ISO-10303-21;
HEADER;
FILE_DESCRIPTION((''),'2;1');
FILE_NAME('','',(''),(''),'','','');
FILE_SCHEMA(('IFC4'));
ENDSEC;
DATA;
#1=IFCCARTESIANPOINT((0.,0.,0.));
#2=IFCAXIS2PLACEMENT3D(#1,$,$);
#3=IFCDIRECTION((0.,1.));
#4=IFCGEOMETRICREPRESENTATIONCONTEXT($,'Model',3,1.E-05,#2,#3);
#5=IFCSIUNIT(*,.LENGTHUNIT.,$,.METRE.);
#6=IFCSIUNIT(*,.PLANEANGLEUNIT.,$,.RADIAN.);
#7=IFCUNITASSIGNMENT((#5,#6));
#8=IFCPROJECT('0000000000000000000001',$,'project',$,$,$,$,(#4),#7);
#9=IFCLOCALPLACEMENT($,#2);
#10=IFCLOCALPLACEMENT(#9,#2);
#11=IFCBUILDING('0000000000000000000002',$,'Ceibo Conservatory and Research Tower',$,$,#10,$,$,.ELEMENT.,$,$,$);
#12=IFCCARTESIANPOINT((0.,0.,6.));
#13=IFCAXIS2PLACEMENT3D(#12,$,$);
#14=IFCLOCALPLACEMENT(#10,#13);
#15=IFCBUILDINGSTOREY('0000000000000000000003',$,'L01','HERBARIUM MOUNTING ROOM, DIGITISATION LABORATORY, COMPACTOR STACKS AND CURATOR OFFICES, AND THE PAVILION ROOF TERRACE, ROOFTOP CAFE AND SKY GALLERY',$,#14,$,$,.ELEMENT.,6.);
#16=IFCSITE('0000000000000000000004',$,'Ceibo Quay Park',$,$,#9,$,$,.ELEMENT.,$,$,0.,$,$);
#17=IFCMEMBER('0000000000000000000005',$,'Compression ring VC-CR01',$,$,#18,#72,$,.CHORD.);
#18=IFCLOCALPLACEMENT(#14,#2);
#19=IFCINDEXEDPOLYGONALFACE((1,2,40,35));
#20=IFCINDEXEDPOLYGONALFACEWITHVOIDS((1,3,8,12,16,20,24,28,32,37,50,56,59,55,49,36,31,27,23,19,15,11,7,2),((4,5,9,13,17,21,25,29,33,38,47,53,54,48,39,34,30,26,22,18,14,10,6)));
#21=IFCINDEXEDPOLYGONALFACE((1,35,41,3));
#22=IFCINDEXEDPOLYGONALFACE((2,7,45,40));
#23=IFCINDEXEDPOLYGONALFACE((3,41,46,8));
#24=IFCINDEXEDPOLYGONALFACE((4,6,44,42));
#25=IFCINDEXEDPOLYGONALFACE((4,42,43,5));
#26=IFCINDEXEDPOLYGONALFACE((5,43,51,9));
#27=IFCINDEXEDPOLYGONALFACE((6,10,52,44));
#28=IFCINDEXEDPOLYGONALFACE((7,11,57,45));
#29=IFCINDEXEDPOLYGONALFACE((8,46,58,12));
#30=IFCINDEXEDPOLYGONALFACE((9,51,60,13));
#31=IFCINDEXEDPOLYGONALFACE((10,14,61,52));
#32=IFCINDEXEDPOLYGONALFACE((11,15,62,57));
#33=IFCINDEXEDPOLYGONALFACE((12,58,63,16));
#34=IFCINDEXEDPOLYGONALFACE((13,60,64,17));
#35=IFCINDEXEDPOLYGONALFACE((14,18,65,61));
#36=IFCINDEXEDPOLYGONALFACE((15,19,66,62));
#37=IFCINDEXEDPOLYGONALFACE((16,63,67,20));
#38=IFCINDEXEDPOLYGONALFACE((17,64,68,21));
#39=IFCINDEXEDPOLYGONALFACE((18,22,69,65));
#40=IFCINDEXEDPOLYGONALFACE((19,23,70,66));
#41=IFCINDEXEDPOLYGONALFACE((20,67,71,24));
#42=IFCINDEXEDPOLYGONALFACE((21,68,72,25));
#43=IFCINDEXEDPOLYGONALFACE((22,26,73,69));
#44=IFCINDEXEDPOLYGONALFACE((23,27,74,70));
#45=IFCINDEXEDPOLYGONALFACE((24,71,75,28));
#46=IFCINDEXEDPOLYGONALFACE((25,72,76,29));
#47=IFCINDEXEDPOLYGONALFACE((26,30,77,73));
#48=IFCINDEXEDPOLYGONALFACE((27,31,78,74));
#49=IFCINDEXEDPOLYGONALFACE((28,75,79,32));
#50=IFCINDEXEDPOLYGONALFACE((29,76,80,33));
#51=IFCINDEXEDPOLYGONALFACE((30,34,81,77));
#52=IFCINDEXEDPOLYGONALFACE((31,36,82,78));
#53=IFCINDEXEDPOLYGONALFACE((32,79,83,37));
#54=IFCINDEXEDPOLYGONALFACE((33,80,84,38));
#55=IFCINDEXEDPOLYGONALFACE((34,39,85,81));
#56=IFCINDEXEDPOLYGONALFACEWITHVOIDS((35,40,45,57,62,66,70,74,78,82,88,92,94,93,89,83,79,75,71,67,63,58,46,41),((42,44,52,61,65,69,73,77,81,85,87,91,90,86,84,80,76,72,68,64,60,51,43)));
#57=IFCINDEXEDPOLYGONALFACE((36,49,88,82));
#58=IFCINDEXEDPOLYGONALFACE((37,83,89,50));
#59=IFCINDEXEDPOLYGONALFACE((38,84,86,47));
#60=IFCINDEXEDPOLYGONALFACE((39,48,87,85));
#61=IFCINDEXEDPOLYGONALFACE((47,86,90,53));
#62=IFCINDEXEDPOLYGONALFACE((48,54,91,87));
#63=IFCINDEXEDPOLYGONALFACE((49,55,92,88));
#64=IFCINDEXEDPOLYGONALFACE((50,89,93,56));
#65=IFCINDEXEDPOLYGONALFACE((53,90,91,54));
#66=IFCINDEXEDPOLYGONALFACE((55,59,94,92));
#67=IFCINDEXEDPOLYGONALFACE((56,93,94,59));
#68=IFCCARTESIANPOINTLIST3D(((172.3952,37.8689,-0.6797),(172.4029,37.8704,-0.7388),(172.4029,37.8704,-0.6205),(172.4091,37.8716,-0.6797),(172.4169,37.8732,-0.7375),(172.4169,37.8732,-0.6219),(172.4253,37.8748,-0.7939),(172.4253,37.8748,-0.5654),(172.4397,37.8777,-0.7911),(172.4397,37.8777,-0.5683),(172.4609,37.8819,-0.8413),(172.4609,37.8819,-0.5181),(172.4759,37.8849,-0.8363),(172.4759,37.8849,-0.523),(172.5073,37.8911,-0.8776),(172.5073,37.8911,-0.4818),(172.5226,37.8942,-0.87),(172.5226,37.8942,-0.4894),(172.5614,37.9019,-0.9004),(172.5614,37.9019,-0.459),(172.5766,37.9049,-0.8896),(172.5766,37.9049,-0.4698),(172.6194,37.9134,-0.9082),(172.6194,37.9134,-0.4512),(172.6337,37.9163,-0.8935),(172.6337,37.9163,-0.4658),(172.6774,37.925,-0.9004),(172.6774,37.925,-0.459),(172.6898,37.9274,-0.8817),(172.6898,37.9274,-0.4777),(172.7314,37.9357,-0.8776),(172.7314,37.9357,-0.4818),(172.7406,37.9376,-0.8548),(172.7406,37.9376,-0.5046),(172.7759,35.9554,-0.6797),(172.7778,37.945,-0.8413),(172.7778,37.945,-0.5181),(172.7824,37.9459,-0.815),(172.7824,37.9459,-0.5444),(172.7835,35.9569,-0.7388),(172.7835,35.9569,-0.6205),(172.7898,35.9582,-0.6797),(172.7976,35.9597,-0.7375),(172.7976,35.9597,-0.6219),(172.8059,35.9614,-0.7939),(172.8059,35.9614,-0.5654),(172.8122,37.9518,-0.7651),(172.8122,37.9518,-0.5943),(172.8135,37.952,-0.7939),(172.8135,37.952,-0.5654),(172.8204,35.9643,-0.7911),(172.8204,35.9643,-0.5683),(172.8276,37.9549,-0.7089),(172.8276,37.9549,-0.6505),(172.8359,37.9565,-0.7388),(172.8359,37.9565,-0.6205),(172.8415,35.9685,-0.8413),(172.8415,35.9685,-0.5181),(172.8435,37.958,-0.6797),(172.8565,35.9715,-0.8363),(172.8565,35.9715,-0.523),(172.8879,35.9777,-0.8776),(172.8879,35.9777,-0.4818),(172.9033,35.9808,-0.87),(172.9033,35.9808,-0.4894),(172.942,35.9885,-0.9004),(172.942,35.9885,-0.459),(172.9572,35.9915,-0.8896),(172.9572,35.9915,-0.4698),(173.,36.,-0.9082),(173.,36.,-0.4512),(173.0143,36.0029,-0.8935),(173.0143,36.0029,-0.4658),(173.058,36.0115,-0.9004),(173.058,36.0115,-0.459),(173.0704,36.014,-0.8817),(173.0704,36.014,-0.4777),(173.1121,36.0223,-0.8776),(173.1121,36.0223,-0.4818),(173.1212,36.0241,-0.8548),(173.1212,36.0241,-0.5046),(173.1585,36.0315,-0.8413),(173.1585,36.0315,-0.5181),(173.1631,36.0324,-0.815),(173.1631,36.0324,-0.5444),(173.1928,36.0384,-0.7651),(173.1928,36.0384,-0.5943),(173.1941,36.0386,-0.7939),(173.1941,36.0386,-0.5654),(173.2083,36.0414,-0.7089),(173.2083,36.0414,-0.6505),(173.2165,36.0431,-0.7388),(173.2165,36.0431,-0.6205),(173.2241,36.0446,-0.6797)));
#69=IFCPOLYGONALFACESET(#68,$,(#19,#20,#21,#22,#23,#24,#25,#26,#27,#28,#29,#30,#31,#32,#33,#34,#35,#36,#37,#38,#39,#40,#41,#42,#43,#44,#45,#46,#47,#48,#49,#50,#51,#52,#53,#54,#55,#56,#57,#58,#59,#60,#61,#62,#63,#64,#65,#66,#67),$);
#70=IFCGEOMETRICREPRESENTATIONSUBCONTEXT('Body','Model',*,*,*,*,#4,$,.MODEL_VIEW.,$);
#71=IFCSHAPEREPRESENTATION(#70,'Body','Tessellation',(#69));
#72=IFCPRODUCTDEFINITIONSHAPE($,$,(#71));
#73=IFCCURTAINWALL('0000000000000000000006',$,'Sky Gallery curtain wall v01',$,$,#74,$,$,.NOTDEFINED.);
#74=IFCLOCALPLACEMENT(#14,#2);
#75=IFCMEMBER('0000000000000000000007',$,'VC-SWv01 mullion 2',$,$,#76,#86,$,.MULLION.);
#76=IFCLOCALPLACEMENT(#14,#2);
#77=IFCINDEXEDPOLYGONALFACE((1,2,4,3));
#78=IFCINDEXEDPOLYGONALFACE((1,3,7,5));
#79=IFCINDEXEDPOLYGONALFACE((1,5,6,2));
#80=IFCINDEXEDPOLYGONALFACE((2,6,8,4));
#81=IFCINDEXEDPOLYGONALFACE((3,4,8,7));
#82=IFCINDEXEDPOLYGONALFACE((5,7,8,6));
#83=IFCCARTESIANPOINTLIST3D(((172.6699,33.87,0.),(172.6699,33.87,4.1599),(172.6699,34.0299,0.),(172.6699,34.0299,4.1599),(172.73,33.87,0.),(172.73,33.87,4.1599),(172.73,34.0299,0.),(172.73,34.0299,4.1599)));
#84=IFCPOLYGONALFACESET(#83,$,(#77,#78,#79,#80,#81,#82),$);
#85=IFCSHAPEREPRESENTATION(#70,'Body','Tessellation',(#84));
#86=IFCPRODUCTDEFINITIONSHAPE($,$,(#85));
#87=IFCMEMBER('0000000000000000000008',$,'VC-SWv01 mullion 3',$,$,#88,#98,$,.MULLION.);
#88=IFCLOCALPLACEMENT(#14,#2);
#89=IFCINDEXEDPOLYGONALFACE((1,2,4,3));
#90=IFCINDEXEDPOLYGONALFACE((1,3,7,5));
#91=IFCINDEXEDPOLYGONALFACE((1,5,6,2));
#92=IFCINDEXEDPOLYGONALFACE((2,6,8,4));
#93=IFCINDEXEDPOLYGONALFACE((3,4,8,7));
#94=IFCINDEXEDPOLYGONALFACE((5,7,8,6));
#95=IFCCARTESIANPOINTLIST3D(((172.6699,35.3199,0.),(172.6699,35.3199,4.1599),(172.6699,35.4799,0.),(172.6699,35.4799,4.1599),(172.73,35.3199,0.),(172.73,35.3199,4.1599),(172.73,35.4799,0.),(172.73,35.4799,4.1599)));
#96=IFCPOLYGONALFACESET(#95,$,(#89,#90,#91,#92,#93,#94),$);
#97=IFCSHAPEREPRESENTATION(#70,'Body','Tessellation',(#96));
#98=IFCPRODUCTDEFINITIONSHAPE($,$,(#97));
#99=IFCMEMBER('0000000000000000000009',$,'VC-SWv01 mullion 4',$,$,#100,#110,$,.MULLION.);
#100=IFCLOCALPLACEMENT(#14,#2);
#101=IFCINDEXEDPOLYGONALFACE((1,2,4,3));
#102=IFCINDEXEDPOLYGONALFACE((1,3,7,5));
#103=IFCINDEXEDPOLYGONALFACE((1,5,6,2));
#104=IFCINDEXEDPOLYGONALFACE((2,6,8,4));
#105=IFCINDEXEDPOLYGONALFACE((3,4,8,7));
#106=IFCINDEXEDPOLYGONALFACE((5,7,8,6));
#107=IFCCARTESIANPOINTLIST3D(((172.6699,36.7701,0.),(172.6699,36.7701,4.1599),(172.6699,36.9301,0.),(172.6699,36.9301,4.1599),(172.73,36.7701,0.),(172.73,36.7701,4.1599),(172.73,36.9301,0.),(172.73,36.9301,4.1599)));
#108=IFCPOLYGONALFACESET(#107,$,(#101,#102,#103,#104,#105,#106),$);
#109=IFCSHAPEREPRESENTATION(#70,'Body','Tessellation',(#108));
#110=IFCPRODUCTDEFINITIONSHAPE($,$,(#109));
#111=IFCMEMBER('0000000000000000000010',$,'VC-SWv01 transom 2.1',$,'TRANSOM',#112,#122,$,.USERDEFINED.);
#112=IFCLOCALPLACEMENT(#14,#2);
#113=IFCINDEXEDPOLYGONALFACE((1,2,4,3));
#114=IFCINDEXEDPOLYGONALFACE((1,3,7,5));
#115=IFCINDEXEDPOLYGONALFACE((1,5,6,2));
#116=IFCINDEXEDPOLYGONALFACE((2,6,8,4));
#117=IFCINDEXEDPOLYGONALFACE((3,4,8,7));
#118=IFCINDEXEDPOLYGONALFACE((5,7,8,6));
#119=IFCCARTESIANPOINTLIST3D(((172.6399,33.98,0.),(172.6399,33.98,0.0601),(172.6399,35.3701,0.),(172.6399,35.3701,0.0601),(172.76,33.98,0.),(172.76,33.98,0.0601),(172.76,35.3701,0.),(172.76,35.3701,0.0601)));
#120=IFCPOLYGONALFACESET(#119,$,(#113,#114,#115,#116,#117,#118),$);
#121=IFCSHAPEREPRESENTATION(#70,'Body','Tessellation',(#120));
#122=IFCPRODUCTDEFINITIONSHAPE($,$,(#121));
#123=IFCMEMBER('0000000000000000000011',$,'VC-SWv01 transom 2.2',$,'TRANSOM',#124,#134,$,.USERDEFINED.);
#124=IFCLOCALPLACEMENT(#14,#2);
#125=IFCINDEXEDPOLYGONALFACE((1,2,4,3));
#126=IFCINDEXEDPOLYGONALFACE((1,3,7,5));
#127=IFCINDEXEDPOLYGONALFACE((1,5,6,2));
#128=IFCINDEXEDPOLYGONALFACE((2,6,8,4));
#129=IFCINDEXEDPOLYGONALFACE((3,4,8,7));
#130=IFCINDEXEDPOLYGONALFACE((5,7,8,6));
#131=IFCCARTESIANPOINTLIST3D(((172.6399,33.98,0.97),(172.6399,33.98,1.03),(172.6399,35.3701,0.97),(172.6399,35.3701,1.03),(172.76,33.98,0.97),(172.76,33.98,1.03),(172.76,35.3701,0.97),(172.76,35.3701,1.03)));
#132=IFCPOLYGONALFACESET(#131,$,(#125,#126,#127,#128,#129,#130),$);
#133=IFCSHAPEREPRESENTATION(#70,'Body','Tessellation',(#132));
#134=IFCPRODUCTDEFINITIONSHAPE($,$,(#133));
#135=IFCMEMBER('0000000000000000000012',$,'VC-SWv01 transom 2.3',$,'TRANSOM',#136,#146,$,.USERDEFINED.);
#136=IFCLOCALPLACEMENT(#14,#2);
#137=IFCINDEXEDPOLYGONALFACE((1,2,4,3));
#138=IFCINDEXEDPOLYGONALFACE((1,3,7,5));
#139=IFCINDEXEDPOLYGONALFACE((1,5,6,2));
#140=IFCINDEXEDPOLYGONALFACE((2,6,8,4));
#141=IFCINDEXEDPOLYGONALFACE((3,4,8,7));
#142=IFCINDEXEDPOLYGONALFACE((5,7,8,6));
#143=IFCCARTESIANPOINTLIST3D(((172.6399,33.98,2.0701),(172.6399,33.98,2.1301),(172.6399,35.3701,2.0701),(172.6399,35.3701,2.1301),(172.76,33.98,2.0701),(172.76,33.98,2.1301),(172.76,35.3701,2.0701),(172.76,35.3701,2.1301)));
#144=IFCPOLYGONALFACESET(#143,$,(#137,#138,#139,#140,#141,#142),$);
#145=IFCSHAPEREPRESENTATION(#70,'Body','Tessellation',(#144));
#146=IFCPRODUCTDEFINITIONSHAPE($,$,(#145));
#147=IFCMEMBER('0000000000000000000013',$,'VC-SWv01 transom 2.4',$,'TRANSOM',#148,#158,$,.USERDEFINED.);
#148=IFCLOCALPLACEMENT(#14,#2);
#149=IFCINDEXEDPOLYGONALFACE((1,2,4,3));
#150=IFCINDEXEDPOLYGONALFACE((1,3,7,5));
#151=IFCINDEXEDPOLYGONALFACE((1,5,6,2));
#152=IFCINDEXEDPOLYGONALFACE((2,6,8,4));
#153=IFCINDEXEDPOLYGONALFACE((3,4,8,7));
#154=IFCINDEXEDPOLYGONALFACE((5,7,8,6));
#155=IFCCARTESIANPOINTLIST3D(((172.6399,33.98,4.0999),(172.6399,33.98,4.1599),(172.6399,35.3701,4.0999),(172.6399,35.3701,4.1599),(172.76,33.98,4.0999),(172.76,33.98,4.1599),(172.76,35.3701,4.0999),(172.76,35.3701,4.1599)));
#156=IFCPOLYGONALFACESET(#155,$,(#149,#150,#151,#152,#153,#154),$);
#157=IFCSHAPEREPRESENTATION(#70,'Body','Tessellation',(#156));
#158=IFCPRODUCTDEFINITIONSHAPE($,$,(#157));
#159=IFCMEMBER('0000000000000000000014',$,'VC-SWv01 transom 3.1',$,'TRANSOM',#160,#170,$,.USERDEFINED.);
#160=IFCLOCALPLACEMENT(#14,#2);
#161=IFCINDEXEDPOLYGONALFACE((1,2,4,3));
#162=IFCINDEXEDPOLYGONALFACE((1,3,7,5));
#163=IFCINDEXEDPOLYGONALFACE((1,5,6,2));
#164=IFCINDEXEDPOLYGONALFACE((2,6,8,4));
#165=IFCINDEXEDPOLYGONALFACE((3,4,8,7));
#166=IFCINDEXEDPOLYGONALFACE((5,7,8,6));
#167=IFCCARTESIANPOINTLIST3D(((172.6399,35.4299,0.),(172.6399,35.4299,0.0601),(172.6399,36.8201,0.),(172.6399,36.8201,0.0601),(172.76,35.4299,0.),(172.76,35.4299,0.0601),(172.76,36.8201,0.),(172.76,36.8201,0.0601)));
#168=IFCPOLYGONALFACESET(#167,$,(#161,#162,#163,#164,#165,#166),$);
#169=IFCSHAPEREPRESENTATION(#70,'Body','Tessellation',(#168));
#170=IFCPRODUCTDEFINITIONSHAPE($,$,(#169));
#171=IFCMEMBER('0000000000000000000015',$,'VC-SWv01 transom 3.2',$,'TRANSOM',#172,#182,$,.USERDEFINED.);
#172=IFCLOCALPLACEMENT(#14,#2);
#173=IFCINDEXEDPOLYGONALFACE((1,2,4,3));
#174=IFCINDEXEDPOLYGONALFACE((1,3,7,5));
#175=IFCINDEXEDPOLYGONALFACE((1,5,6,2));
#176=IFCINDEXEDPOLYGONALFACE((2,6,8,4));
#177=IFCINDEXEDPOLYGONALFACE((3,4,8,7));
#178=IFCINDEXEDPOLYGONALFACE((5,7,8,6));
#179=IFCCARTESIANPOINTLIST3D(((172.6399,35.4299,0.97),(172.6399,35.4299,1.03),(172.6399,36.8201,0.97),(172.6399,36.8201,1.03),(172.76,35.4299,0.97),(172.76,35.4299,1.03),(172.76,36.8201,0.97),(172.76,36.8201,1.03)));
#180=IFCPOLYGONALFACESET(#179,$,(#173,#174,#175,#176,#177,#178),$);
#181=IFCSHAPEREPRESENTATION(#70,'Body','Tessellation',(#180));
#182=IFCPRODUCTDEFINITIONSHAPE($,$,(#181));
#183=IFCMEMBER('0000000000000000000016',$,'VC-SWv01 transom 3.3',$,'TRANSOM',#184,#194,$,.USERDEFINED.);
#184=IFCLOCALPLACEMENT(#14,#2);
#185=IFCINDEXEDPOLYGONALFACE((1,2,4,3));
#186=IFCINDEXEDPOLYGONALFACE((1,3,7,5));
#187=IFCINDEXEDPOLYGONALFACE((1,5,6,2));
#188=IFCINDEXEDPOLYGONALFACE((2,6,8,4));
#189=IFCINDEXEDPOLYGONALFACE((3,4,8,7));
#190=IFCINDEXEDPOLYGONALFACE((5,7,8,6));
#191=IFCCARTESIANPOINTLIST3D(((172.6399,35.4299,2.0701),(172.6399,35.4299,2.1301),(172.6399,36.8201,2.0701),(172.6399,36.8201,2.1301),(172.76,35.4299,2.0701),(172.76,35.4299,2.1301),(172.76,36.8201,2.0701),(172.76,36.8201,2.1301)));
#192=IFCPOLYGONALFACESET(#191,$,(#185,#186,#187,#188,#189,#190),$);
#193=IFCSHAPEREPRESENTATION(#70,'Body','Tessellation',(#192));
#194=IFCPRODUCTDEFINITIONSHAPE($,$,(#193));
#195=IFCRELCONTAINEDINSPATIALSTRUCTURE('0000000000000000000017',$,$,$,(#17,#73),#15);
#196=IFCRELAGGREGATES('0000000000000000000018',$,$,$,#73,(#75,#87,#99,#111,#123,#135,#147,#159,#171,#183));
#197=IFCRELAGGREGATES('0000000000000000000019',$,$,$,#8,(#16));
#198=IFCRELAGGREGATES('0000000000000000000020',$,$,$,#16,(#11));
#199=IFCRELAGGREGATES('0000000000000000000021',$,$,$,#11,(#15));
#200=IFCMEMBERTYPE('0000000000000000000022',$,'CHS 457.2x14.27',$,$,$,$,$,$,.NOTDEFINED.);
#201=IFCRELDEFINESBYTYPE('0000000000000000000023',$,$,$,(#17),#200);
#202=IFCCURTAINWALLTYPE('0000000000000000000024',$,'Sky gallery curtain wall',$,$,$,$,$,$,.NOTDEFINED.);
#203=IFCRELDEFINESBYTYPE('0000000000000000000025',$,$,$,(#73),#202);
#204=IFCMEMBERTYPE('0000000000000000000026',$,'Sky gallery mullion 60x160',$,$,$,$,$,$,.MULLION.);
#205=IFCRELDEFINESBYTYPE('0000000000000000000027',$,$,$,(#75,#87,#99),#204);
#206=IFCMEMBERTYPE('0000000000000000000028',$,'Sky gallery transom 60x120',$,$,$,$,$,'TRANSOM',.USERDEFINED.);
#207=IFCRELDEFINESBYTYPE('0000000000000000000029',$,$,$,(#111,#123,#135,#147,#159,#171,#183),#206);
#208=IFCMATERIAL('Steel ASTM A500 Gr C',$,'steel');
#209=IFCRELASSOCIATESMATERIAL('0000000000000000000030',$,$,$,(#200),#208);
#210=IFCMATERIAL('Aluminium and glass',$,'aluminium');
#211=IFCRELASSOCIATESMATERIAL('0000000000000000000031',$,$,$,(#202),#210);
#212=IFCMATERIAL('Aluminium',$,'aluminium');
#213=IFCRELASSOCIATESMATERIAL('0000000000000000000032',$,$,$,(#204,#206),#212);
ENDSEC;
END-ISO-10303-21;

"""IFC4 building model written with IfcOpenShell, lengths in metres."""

from ifc_helpers import new_model, si_unit, direction, frame, origin, origin_2d, place, context, subcontext, project, spatial, rectangle, hollow_circle, extrude, material, material_profile, profile_set, type_object, element, aggregate, save


model = new_model("IFC4")

# Units and contexts
model_context = context("Model", 3, precision=1e-05, world=origin(), true_north=direction((0.0, 1.0)))
body_context = subcontext(model_context, "Body", "Model", "MODEL_VIEW")
ifc_project = project(units=[si_unit("LENGTHUNIT", "METRE"), si_unit("PLANEANGLEUNIT", "RADIAN")], contexts=[model_context])

# Site, building, storey
site_placement = place(None, origin())
site = spatial("IfcSite", under=ifc_project, at=site_placement, Name="Ceibo Quay Park", CompositionType="ELEMENT", RefElevation=0.0)
building_placement = place(site_placement, origin())
building = spatial("IfcBuilding", under=site, at=building_placement, Name="Ceibo Conservatory and Research Tower", CompositionType="ELEMENT")
storey_placement = place(building_placement, frame((0.0, 0.0, 6.0)))
storey = spatial("IfcBuildingStorey", under=building, at=storey_placement, Name="L01", Description="HERBARIUM MOUNTING ROOM, DIGITISATION LABORATORY, COMPACTOR STACKS AND CURATOR OFFICES, AND THE PAVILION ROOF TERRACE, ROOFTOP CAFE AND SKY GALLERY", CompositionType="ELEMENT", Elevation=6.0)

# Member
ifc_material_1 = material(Name="Steel ASTM A500 Gr C", Category="steel")
ifc_material_profile_1 = material_profile(ifc_material_1, hollow_circle(Radius=0.2285, WallThickness=0.0142, at=origin_2d()), Name="CHS 457.2x14.27")
ifc_profile_set_1 = profile_set([ifc_material_profile_1], Name="Steel ASTM A500 Gr C")
member_type_1 = type_object("IfcMemberType", Name="CHS 457.2x14.27", PredefinedType="NOTDEFINED", material=ifc_profile_set_1)
member_1_placement = place(storey_placement, frame((173.0, 36.0, -0.6797), z_axis=(-0.195105, 0.980782, 0.0), x_axis=(-0.980782, -0.195105, 0.0)))
element("IfcMember", 1, at=member_1_placement, inside=storey, type_object=member_type_1, Name="Compression ring VC-CR01", PredefinedType="CHORD", context=body_context, shape_type="SweptSolid", body=[
    extrude(hollow_circle(Radius=0.2285, WallThickness=0.0142, at=origin_2d()), origin(), (0.0, 0.0, 1.0), 1.9509),
])

# Curtain wall, members
ifc_material_2 = material(Name="Aluminium and glass", Category="aluminium")
curtain_wall_type = type_object("IfcCurtainWallType", Name="Sky gallery curtain wall", PredefinedType="NOTDEFINED", material=ifc_material_2)
curtain_wall_placement = place(storey_placement, origin())
curtain_wall = element("IfcCurtainWall", 2, at=curtain_wall_placement, inside=storey, type_object=curtain_wall_type, Name="Sky Gallery curtain wall v01", PredefinedType="NOTDEFINED")
ifc_material_3 = material(Name="Aluminium", Category="aluminium")
ifc_material_profile_2 = material_profile(ifc_material_3, rectangle(XDim=0.0601, YDim=0.1599, at=origin_2d()), Name="AL 60x160")
ifc_profile_set_2 = profile_set([ifc_material_profile_2], Name="Aluminium")
member_type_2 = type_object("IfcMemberType", Name="Sky gallery mullion 60x160", PredefinedType="MULLION", material=ifc_profile_set_2)
member_2_placement = place(storey_placement, frame((172.7, 33.95, 0.0), z_axis=(0.0, 0.0, 1.0), x_axis=(-1.0, 0.0, 0.0)))
member_2 = element("IfcMember", 3, at=member_2_placement, type_object=member_type_2, Name="VC-SWv01 mullion 2", PredefinedType="MULLION", context=body_context, shape_type="SweptSolid", body=[
    extrude(rectangle(XDim=0.0601, YDim=0.1599, at=origin_2d()), origin(), (0.0, 0.0, 1.0), 4.1599),
])
member_3_placement = place(storey_placement, frame((172.7, 35.3999, 0.0), z_axis=(0.0, 0.0, 1.0), x_axis=(-1.0, 0.0, 0.0)))
member_3 = element("IfcMember", 4, at=member_3_placement, type_object=member_type_2, Name="VC-SWv01 mullion 3", PredefinedType="MULLION", context=body_context, shape_type="SweptSolid", body=[
    extrude(rectangle(XDim=0.0601, YDim=0.1599, at=origin_2d()), origin(), (0.0, 0.0, 1.0), 4.1599),
])
member_4_placement = place(storey_placement, frame((172.7, 36.8501, 0.0), z_axis=(0.0, 0.0, 1.0), x_axis=(-1.0, 0.0, 0.0)))
member_4 = element("IfcMember", 5, at=member_4_placement, type_object=member_type_2, Name="VC-SWv01 mullion 4", PredefinedType="MULLION", context=body_context, shape_type="SweptSolid", body=[
    extrude(rectangle(XDim=0.0601, YDim=0.1599, at=origin_2d()), origin(), (0.0, 0.0, 1.0), 4.1599),
])
ifc_material_profile_3 = material_profile(ifc_material_3, rectangle(XDim=0.1201, YDim=0.0601, at=origin_2d()), Name="AL 60x120")
ifc_profile_set_3 = profile_set([ifc_material_profile_3], Name="Aluminium")
member_type_3 = type_object("IfcMemberType", Name="Sky gallery transom 60x120", ElementType="TRANSOM", PredefinedType="USERDEFINED", material=ifc_profile_set_3)
member_5_placement = place(storey_placement, frame((172.7, 33.98, 0.03), z_axis=(0.0, 1.0, 0.0), x_axis=(-1.0, 0.0, 0.0)))
member_5 = element("IfcMember", 6, at=member_5_placement, type_object=member_type_3, Name="VC-SWv01 transom 2.1", ObjectType="TRANSOM", PredefinedType="USERDEFINED", context=body_context, shape_type="SweptSolid", body=[
    extrude(rectangle(XDim=0.1201, YDim=0.0601, at=origin_2d()), origin(), (0.0, 0.0, 1.0), 1.3901),
])
member_6_placement = place(storey_placement, frame((172.7, 33.98, 1.0), z_axis=(0.0, 1.0, 0.0), x_axis=(-1.0, 0.0, 0.0)))
member_6 = element("IfcMember", 7, at=member_6_placement, type_object=member_type_3, Name="VC-SWv01 transom 2.2", ObjectType="TRANSOM", PredefinedType="USERDEFINED", context=body_context, shape_type="SweptSolid", body=[
    extrude(rectangle(XDim=0.1201, YDim=0.0601, at=origin_2d()), origin(), (0.0, 0.0, 1.0), 1.3901),
])
member_7_placement = place(storey_placement, frame((172.7, 33.98, 2.1001), z_axis=(0.0, 1.0, 0.0), x_axis=(-1.0, 0.0, 0.0)))
member_7 = element("IfcMember", 8, at=member_7_placement, type_object=member_type_3, Name="VC-SWv01 transom 2.3", ObjectType="TRANSOM", PredefinedType="USERDEFINED", context=body_context, shape_type="SweptSolid", body=[
    extrude(rectangle(XDim=0.1201, YDim=0.0601, at=origin_2d()), origin(), (0.0, 0.0, 1.0), 1.3901),
])
member_8_placement = place(storey_placement, frame((172.7, 33.98, 4.1299), z_axis=(0.0, 1.0, 0.0), x_axis=(-1.0, 0.0, 0.0)))
member_8 = element("IfcMember", 9, at=member_8_placement, type_object=member_type_3, Name="VC-SWv01 transom 2.4", ObjectType="TRANSOM", PredefinedType="USERDEFINED", context=body_context, shape_type="SweptSolid", body=[
    extrude(rectangle(XDim=0.1201, YDim=0.0601, at=origin_2d()), origin(), (0.0, 0.0, 1.0), 1.3901),
])
member_9_placement = place(storey_placement, frame((172.7, 35.4299, 0.03), z_axis=(0.0, 1.0, 0.0), x_axis=(-1.0, 0.0, 0.0)))
member_9 = element("IfcMember", 10, at=member_9_placement, type_object=member_type_3, Name="VC-SWv01 transom 3.1", ObjectType="TRANSOM", PredefinedType="USERDEFINED", context=body_context, shape_type="SweptSolid", body=[
    extrude(rectangle(XDim=0.1201, YDim=0.0601, at=origin_2d()), origin(), (0.0, 0.0, 1.0), 1.3901),
])
member_10_placement = place(storey_placement, frame((172.7, 35.4299, 1.0), z_axis=(0.0, 1.0, 0.0), x_axis=(-1.0, 0.0, 0.0)))
member_10 = element("IfcMember", 11, at=member_10_placement, type_object=member_type_3, Name="VC-SWv01 transom 3.2", ObjectType="TRANSOM", PredefinedType="USERDEFINED", context=body_context, shape_type="SweptSolid", body=[
    extrude(rectangle(XDim=0.1201, YDim=0.0601, at=origin_2d()), origin(), (0.0, 0.0, 1.0), 1.3901),
])
member_11_placement = place(storey_placement, frame((172.7, 35.4299, 2.1001), z_axis=(0.0, 1.0, 0.0), x_axis=(-1.0, 0.0, 0.0)))
member_11 = element("IfcMember", 12, at=member_11_placement, type_object=member_type_3, Name="VC-SWv01 transom 3.3", ObjectType="TRANSOM", PredefinedType="USERDEFINED", context=body_context, shape_type="SweptSolid", body=[
    extrude(rectangle(XDim=0.1201, YDim=0.0601, at=origin_2d()), origin(), (0.0, 0.0, 1.0), 1.3901),
])
aggregate(curtain_wall, [member_2, member_3, member_4, member_5, member_6, member_7, member_8, member_9, member_10, member_11])

save(model, "model.ifc")
